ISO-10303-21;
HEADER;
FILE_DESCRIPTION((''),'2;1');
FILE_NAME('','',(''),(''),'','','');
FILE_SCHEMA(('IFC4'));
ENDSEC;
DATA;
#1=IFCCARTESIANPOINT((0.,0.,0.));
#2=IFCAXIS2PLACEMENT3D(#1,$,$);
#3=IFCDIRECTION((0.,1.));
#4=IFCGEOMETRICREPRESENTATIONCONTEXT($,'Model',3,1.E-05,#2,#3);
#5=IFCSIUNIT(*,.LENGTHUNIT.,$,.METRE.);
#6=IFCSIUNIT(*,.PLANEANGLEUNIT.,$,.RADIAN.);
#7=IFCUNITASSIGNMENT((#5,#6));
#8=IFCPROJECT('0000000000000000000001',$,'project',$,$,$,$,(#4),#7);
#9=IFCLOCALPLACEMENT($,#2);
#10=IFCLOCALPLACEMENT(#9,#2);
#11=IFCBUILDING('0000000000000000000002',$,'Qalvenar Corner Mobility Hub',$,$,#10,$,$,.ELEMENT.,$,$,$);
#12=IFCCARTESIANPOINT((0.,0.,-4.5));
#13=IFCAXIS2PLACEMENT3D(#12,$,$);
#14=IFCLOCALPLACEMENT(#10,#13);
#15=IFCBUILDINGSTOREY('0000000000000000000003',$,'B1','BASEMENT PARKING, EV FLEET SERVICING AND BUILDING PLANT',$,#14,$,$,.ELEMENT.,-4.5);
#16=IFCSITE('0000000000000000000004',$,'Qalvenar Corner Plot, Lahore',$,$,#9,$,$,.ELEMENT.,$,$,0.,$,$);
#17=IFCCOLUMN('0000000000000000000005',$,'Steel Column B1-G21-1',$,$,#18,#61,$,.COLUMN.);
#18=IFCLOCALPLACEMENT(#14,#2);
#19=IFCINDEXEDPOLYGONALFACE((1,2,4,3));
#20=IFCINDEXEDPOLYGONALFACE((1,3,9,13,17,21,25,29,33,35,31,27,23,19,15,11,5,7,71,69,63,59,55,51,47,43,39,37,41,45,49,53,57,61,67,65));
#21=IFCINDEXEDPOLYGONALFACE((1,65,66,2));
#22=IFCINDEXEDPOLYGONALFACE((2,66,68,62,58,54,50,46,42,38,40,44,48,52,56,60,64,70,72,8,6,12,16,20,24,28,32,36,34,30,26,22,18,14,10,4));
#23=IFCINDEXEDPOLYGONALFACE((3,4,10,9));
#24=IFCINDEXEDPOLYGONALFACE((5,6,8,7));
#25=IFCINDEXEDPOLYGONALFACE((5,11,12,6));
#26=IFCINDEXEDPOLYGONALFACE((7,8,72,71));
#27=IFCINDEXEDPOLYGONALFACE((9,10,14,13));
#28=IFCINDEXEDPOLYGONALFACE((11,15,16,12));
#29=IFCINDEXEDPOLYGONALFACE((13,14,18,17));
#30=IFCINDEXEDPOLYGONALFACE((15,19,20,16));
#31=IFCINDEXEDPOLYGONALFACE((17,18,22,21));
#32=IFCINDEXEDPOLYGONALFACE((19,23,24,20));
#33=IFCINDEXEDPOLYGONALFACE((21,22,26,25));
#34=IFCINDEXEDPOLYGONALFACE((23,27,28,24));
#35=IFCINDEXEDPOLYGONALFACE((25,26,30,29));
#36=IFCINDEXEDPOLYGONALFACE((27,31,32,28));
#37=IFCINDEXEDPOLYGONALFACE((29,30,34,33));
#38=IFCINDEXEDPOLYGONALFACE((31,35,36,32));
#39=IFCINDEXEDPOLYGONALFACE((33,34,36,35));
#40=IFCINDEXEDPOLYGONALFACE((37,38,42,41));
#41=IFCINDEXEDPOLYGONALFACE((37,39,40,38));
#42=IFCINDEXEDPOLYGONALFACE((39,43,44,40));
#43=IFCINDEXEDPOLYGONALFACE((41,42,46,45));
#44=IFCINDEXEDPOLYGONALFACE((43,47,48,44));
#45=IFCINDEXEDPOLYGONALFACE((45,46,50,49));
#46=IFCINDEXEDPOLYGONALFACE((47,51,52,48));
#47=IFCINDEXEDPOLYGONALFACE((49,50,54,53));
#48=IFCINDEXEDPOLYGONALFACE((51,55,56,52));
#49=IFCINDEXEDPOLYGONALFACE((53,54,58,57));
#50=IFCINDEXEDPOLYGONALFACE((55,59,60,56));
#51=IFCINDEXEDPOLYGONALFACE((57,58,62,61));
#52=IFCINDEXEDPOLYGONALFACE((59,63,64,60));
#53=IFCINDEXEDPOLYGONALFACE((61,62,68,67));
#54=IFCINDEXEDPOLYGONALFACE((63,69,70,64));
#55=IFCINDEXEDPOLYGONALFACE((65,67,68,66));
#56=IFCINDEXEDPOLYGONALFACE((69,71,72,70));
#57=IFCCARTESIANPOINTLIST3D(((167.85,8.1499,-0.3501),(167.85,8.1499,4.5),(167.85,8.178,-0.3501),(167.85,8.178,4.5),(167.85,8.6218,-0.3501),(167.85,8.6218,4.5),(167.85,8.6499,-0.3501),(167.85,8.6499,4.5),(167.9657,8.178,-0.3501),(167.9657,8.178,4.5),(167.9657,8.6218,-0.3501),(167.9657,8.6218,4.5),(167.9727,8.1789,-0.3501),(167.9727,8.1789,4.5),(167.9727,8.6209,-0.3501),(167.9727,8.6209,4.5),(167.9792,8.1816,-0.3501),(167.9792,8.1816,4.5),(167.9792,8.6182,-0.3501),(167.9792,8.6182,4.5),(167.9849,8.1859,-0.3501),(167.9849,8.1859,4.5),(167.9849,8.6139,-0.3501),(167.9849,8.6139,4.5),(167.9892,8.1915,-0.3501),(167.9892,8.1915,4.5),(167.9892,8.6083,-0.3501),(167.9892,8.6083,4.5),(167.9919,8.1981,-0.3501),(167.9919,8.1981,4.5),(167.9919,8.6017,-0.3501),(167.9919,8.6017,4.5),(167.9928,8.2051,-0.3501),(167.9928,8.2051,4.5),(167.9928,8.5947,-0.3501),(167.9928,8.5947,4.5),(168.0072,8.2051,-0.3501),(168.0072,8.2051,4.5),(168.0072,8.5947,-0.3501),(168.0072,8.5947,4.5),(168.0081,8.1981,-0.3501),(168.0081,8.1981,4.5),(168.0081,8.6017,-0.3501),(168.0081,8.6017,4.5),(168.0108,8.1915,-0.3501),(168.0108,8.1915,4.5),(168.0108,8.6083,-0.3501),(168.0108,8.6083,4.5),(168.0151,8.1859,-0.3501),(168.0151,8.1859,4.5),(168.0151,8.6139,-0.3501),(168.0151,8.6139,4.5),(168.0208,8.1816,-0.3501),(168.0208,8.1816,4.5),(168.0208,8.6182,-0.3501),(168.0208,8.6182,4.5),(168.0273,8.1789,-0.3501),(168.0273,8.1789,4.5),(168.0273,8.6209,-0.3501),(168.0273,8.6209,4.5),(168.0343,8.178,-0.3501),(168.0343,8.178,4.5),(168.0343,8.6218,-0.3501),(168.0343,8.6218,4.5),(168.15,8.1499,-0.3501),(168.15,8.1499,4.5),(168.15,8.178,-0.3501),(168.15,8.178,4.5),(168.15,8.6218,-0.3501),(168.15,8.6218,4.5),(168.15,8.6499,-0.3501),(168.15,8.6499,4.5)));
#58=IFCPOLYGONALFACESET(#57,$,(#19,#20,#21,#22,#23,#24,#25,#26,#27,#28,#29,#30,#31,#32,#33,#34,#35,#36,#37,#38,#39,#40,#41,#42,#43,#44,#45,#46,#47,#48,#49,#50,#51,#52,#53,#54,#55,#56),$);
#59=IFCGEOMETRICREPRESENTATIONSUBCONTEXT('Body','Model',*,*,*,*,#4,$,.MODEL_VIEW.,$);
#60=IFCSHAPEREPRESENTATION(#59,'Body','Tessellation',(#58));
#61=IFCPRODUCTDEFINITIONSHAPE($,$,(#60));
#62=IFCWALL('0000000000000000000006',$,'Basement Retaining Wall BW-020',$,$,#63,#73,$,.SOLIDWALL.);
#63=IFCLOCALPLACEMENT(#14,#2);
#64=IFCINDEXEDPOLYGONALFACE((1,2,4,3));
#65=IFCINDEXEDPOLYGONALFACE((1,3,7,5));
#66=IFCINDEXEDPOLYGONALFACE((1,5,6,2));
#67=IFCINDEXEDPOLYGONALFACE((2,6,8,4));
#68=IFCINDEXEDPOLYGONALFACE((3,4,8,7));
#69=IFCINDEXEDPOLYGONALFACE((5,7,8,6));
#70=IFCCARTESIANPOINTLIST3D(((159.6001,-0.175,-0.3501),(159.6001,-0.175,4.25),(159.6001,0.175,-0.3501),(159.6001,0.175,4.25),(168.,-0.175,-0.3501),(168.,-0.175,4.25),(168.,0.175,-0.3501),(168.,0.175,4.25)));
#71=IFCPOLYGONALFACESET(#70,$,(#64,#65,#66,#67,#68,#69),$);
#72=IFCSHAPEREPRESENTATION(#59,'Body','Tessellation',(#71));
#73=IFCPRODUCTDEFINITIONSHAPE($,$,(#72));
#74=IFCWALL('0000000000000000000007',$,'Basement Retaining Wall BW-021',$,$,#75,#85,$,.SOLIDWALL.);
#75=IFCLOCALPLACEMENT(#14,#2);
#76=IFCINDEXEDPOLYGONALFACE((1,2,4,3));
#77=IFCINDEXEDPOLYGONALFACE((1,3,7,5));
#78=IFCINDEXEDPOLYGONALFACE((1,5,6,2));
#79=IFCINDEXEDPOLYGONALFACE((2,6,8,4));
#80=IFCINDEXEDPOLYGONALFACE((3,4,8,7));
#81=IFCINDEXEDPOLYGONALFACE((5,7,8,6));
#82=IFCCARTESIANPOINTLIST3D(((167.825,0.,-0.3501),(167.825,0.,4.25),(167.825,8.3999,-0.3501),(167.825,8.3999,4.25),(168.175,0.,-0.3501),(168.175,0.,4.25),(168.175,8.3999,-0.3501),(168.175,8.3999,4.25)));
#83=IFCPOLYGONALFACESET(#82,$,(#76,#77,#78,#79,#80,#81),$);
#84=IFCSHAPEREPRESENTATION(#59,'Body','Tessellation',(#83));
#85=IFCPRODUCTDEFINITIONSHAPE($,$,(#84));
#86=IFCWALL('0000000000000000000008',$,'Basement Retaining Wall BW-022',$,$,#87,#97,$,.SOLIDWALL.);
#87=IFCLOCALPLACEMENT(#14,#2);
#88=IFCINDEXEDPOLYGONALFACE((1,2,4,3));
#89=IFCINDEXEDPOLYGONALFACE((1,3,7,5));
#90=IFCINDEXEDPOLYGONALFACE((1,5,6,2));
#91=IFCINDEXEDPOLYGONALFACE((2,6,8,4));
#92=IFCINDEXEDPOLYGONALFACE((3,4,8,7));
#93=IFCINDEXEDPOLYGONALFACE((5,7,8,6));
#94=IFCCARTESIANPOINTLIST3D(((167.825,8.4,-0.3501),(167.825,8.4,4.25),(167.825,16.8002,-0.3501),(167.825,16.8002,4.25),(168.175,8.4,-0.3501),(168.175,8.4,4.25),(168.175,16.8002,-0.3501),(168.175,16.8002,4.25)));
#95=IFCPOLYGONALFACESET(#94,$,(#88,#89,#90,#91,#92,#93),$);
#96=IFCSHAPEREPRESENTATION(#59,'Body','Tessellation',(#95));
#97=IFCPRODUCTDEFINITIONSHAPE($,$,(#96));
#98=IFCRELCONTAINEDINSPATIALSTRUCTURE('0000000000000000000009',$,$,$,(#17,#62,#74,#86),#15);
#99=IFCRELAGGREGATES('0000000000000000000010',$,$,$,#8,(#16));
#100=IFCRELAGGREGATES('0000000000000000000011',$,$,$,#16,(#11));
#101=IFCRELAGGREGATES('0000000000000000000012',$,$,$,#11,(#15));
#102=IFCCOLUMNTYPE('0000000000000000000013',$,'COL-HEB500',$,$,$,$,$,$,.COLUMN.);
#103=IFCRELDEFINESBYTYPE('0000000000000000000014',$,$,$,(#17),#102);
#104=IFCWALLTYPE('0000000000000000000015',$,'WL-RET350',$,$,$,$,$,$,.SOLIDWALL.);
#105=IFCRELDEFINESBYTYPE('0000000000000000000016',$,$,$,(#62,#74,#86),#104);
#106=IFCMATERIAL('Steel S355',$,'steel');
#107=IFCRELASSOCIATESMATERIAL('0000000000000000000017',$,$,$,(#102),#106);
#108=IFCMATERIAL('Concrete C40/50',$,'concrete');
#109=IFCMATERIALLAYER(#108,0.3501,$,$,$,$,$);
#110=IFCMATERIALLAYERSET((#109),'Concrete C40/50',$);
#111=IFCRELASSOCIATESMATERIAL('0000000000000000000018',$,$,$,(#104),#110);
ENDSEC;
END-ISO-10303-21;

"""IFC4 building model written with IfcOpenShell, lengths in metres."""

from ifc_helpers import new_model, si_unit, direction, frame, frame_2d, origin, origin_2d, place, context, subcontext, project, spatial, rectangle, i_section, extrude, material, layer, layer_set, material_profile, profile_set, type_object, element, save


model = new_model("IFC4")

# Units and contexts
model_context = context("Model", 3, precision=1e-05, world=origin(), true_north=direction((0.0, 1.0)))
body_context = subcontext(model_context, "Body", "Model", "MODEL_VIEW")
ifc_project = project(units=[si_unit("LENGTHUNIT", "METRE"), si_unit("PLANEANGLEUNIT", "RADIAN")], contexts=[model_context])

# Site, building, storey
site_placement = place(None, origin())
site = spatial("IfcSite", under=ifc_project, at=site_placement, Name="Qalvenar Corner Plot, Lahore", CompositionType="ELEMENT", RefElevation=0.0)
building_placement = place(site_placement, origin())
building = spatial("IfcBuilding", under=site, at=building_placement, Name="Qalvenar Corner Mobility Hub", CompositionType="ELEMENT")
storey_placement = place(building_placement, frame((0.0, 0.0, -4.5)))
storey = spatial("IfcBuildingStorey", under=building, at=storey_placement, Name="B1", Description="BASEMENT PARKING, EV FLEET SERVICING AND BUILDING PLANT", CompositionType="ELEMENT", Elevation=-4.5)

# Shared definitions
ifc_material_1 = material(Name="Concrete C40/50", Category="concrete")

# Column
ifc_material_2 = material(Name="Steel S355", Category="steel")
ifc_material_profile_1 = material_profile(ifc_material_2, i_section(OverallWidth=0.3, OverallDepth=0.5, WebThickness=0.0144, FlangeThickness=0.0281, FilletRadius=0.0271, at=origin_2d()), Name="HEB500")
ifc_profile_set_1 = profile_set([ifc_material_profile_1], Name="Steel S355")
column_type_1 = type_object("IfcColumnType", Name="COL-HEB500", PredefinedType="COLUMN", material=ifc_profile_set_1)
for number, where, z_axis, x_axis, name in (
    (1, (168.0, 8.3999, -0.3501), (0.0, 0.0, 1.0), (1.0, 0.0, 0.0), "Steel Column B1-G21-1"),
):
    element("IfcColumn", number, at=place(storey_placement, frame(where, z_axis=z_axis, x_axis=x_axis)), inside=storey, type_object=column_type_1, Name=name, PredefinedType="COLUMN", context=body_context, shape_type="SweptSolid", body=[
        extrude(i_section(OverallWidth=0.3, OverallDepth=0.5, WebThickness=0.0144, FlangeThickness=0.0281, FilletRadius=0.0271, at=origin_2d()), origin(), (0.0, 0.0, 1.0), 4.8501),
    ])

# Walls
ifc_layer = layer(ifc_material_1, 0.3501)
ifc_layer_set = layer_set([ifc_layer], Name="Concrete C40/50")
wall_type = type_object("IfcWallType", Name="WL-RET350", PredefinedType="SOLIDWALL", material=ifc_layer_set)
for number, where, z_axis, x_axis, name in (
    (2, (159.6001, 0.0, -0.3501), (0.0, 0.0, 1.0), (1.0, 0.0, 0.0), "Basement Retaining Wall BW-020"),
    (3, (168.0, 0.0, -0.3501), (0.0, 0.0, 1.0), (0.0, 1.0, 0.0), "Basement Retaining Wall BW-021"),
):
    element("IfcWall", number, at=place(storey_placement, frame(where, z_axis=z_axis, x_axis=x_axis)), inside=storey, type_object=wall_type, Name=name, PredefinedType="SOLIDWALL", context=body_context, shape_type="SweptSolid", body=[
        extrude(rectangle(XDim=8.3999, YDim=0.3501, at=frame_2d((4.2, 0.0))), origin(), (0.0, 0.0, 1.0), 4.6001),
    ])
wall_placement = place(storey_placement, frame((168.0, 8.3999, -0.3501), z_axis=(0.0, 0.0, 1.0), x_axis=(0.0, 1.0, 0.0)))
element("IfcWall", 4, at=wall_placement, inside=storey, type_object=wall_type, Name="Basement Retaining Wall BW-022", PredefinedType="SOLIDWALL", context=body_context, shape_type="SweptSolid", body=[
    extrude(rectangle(XDim=8.4001, YDim=0.3501, at=frame_2d((4.2002, 0.0))), origin(), (0.0, 0.0, 1.0), 4.6001),
])

save(model, "model.ifc")
